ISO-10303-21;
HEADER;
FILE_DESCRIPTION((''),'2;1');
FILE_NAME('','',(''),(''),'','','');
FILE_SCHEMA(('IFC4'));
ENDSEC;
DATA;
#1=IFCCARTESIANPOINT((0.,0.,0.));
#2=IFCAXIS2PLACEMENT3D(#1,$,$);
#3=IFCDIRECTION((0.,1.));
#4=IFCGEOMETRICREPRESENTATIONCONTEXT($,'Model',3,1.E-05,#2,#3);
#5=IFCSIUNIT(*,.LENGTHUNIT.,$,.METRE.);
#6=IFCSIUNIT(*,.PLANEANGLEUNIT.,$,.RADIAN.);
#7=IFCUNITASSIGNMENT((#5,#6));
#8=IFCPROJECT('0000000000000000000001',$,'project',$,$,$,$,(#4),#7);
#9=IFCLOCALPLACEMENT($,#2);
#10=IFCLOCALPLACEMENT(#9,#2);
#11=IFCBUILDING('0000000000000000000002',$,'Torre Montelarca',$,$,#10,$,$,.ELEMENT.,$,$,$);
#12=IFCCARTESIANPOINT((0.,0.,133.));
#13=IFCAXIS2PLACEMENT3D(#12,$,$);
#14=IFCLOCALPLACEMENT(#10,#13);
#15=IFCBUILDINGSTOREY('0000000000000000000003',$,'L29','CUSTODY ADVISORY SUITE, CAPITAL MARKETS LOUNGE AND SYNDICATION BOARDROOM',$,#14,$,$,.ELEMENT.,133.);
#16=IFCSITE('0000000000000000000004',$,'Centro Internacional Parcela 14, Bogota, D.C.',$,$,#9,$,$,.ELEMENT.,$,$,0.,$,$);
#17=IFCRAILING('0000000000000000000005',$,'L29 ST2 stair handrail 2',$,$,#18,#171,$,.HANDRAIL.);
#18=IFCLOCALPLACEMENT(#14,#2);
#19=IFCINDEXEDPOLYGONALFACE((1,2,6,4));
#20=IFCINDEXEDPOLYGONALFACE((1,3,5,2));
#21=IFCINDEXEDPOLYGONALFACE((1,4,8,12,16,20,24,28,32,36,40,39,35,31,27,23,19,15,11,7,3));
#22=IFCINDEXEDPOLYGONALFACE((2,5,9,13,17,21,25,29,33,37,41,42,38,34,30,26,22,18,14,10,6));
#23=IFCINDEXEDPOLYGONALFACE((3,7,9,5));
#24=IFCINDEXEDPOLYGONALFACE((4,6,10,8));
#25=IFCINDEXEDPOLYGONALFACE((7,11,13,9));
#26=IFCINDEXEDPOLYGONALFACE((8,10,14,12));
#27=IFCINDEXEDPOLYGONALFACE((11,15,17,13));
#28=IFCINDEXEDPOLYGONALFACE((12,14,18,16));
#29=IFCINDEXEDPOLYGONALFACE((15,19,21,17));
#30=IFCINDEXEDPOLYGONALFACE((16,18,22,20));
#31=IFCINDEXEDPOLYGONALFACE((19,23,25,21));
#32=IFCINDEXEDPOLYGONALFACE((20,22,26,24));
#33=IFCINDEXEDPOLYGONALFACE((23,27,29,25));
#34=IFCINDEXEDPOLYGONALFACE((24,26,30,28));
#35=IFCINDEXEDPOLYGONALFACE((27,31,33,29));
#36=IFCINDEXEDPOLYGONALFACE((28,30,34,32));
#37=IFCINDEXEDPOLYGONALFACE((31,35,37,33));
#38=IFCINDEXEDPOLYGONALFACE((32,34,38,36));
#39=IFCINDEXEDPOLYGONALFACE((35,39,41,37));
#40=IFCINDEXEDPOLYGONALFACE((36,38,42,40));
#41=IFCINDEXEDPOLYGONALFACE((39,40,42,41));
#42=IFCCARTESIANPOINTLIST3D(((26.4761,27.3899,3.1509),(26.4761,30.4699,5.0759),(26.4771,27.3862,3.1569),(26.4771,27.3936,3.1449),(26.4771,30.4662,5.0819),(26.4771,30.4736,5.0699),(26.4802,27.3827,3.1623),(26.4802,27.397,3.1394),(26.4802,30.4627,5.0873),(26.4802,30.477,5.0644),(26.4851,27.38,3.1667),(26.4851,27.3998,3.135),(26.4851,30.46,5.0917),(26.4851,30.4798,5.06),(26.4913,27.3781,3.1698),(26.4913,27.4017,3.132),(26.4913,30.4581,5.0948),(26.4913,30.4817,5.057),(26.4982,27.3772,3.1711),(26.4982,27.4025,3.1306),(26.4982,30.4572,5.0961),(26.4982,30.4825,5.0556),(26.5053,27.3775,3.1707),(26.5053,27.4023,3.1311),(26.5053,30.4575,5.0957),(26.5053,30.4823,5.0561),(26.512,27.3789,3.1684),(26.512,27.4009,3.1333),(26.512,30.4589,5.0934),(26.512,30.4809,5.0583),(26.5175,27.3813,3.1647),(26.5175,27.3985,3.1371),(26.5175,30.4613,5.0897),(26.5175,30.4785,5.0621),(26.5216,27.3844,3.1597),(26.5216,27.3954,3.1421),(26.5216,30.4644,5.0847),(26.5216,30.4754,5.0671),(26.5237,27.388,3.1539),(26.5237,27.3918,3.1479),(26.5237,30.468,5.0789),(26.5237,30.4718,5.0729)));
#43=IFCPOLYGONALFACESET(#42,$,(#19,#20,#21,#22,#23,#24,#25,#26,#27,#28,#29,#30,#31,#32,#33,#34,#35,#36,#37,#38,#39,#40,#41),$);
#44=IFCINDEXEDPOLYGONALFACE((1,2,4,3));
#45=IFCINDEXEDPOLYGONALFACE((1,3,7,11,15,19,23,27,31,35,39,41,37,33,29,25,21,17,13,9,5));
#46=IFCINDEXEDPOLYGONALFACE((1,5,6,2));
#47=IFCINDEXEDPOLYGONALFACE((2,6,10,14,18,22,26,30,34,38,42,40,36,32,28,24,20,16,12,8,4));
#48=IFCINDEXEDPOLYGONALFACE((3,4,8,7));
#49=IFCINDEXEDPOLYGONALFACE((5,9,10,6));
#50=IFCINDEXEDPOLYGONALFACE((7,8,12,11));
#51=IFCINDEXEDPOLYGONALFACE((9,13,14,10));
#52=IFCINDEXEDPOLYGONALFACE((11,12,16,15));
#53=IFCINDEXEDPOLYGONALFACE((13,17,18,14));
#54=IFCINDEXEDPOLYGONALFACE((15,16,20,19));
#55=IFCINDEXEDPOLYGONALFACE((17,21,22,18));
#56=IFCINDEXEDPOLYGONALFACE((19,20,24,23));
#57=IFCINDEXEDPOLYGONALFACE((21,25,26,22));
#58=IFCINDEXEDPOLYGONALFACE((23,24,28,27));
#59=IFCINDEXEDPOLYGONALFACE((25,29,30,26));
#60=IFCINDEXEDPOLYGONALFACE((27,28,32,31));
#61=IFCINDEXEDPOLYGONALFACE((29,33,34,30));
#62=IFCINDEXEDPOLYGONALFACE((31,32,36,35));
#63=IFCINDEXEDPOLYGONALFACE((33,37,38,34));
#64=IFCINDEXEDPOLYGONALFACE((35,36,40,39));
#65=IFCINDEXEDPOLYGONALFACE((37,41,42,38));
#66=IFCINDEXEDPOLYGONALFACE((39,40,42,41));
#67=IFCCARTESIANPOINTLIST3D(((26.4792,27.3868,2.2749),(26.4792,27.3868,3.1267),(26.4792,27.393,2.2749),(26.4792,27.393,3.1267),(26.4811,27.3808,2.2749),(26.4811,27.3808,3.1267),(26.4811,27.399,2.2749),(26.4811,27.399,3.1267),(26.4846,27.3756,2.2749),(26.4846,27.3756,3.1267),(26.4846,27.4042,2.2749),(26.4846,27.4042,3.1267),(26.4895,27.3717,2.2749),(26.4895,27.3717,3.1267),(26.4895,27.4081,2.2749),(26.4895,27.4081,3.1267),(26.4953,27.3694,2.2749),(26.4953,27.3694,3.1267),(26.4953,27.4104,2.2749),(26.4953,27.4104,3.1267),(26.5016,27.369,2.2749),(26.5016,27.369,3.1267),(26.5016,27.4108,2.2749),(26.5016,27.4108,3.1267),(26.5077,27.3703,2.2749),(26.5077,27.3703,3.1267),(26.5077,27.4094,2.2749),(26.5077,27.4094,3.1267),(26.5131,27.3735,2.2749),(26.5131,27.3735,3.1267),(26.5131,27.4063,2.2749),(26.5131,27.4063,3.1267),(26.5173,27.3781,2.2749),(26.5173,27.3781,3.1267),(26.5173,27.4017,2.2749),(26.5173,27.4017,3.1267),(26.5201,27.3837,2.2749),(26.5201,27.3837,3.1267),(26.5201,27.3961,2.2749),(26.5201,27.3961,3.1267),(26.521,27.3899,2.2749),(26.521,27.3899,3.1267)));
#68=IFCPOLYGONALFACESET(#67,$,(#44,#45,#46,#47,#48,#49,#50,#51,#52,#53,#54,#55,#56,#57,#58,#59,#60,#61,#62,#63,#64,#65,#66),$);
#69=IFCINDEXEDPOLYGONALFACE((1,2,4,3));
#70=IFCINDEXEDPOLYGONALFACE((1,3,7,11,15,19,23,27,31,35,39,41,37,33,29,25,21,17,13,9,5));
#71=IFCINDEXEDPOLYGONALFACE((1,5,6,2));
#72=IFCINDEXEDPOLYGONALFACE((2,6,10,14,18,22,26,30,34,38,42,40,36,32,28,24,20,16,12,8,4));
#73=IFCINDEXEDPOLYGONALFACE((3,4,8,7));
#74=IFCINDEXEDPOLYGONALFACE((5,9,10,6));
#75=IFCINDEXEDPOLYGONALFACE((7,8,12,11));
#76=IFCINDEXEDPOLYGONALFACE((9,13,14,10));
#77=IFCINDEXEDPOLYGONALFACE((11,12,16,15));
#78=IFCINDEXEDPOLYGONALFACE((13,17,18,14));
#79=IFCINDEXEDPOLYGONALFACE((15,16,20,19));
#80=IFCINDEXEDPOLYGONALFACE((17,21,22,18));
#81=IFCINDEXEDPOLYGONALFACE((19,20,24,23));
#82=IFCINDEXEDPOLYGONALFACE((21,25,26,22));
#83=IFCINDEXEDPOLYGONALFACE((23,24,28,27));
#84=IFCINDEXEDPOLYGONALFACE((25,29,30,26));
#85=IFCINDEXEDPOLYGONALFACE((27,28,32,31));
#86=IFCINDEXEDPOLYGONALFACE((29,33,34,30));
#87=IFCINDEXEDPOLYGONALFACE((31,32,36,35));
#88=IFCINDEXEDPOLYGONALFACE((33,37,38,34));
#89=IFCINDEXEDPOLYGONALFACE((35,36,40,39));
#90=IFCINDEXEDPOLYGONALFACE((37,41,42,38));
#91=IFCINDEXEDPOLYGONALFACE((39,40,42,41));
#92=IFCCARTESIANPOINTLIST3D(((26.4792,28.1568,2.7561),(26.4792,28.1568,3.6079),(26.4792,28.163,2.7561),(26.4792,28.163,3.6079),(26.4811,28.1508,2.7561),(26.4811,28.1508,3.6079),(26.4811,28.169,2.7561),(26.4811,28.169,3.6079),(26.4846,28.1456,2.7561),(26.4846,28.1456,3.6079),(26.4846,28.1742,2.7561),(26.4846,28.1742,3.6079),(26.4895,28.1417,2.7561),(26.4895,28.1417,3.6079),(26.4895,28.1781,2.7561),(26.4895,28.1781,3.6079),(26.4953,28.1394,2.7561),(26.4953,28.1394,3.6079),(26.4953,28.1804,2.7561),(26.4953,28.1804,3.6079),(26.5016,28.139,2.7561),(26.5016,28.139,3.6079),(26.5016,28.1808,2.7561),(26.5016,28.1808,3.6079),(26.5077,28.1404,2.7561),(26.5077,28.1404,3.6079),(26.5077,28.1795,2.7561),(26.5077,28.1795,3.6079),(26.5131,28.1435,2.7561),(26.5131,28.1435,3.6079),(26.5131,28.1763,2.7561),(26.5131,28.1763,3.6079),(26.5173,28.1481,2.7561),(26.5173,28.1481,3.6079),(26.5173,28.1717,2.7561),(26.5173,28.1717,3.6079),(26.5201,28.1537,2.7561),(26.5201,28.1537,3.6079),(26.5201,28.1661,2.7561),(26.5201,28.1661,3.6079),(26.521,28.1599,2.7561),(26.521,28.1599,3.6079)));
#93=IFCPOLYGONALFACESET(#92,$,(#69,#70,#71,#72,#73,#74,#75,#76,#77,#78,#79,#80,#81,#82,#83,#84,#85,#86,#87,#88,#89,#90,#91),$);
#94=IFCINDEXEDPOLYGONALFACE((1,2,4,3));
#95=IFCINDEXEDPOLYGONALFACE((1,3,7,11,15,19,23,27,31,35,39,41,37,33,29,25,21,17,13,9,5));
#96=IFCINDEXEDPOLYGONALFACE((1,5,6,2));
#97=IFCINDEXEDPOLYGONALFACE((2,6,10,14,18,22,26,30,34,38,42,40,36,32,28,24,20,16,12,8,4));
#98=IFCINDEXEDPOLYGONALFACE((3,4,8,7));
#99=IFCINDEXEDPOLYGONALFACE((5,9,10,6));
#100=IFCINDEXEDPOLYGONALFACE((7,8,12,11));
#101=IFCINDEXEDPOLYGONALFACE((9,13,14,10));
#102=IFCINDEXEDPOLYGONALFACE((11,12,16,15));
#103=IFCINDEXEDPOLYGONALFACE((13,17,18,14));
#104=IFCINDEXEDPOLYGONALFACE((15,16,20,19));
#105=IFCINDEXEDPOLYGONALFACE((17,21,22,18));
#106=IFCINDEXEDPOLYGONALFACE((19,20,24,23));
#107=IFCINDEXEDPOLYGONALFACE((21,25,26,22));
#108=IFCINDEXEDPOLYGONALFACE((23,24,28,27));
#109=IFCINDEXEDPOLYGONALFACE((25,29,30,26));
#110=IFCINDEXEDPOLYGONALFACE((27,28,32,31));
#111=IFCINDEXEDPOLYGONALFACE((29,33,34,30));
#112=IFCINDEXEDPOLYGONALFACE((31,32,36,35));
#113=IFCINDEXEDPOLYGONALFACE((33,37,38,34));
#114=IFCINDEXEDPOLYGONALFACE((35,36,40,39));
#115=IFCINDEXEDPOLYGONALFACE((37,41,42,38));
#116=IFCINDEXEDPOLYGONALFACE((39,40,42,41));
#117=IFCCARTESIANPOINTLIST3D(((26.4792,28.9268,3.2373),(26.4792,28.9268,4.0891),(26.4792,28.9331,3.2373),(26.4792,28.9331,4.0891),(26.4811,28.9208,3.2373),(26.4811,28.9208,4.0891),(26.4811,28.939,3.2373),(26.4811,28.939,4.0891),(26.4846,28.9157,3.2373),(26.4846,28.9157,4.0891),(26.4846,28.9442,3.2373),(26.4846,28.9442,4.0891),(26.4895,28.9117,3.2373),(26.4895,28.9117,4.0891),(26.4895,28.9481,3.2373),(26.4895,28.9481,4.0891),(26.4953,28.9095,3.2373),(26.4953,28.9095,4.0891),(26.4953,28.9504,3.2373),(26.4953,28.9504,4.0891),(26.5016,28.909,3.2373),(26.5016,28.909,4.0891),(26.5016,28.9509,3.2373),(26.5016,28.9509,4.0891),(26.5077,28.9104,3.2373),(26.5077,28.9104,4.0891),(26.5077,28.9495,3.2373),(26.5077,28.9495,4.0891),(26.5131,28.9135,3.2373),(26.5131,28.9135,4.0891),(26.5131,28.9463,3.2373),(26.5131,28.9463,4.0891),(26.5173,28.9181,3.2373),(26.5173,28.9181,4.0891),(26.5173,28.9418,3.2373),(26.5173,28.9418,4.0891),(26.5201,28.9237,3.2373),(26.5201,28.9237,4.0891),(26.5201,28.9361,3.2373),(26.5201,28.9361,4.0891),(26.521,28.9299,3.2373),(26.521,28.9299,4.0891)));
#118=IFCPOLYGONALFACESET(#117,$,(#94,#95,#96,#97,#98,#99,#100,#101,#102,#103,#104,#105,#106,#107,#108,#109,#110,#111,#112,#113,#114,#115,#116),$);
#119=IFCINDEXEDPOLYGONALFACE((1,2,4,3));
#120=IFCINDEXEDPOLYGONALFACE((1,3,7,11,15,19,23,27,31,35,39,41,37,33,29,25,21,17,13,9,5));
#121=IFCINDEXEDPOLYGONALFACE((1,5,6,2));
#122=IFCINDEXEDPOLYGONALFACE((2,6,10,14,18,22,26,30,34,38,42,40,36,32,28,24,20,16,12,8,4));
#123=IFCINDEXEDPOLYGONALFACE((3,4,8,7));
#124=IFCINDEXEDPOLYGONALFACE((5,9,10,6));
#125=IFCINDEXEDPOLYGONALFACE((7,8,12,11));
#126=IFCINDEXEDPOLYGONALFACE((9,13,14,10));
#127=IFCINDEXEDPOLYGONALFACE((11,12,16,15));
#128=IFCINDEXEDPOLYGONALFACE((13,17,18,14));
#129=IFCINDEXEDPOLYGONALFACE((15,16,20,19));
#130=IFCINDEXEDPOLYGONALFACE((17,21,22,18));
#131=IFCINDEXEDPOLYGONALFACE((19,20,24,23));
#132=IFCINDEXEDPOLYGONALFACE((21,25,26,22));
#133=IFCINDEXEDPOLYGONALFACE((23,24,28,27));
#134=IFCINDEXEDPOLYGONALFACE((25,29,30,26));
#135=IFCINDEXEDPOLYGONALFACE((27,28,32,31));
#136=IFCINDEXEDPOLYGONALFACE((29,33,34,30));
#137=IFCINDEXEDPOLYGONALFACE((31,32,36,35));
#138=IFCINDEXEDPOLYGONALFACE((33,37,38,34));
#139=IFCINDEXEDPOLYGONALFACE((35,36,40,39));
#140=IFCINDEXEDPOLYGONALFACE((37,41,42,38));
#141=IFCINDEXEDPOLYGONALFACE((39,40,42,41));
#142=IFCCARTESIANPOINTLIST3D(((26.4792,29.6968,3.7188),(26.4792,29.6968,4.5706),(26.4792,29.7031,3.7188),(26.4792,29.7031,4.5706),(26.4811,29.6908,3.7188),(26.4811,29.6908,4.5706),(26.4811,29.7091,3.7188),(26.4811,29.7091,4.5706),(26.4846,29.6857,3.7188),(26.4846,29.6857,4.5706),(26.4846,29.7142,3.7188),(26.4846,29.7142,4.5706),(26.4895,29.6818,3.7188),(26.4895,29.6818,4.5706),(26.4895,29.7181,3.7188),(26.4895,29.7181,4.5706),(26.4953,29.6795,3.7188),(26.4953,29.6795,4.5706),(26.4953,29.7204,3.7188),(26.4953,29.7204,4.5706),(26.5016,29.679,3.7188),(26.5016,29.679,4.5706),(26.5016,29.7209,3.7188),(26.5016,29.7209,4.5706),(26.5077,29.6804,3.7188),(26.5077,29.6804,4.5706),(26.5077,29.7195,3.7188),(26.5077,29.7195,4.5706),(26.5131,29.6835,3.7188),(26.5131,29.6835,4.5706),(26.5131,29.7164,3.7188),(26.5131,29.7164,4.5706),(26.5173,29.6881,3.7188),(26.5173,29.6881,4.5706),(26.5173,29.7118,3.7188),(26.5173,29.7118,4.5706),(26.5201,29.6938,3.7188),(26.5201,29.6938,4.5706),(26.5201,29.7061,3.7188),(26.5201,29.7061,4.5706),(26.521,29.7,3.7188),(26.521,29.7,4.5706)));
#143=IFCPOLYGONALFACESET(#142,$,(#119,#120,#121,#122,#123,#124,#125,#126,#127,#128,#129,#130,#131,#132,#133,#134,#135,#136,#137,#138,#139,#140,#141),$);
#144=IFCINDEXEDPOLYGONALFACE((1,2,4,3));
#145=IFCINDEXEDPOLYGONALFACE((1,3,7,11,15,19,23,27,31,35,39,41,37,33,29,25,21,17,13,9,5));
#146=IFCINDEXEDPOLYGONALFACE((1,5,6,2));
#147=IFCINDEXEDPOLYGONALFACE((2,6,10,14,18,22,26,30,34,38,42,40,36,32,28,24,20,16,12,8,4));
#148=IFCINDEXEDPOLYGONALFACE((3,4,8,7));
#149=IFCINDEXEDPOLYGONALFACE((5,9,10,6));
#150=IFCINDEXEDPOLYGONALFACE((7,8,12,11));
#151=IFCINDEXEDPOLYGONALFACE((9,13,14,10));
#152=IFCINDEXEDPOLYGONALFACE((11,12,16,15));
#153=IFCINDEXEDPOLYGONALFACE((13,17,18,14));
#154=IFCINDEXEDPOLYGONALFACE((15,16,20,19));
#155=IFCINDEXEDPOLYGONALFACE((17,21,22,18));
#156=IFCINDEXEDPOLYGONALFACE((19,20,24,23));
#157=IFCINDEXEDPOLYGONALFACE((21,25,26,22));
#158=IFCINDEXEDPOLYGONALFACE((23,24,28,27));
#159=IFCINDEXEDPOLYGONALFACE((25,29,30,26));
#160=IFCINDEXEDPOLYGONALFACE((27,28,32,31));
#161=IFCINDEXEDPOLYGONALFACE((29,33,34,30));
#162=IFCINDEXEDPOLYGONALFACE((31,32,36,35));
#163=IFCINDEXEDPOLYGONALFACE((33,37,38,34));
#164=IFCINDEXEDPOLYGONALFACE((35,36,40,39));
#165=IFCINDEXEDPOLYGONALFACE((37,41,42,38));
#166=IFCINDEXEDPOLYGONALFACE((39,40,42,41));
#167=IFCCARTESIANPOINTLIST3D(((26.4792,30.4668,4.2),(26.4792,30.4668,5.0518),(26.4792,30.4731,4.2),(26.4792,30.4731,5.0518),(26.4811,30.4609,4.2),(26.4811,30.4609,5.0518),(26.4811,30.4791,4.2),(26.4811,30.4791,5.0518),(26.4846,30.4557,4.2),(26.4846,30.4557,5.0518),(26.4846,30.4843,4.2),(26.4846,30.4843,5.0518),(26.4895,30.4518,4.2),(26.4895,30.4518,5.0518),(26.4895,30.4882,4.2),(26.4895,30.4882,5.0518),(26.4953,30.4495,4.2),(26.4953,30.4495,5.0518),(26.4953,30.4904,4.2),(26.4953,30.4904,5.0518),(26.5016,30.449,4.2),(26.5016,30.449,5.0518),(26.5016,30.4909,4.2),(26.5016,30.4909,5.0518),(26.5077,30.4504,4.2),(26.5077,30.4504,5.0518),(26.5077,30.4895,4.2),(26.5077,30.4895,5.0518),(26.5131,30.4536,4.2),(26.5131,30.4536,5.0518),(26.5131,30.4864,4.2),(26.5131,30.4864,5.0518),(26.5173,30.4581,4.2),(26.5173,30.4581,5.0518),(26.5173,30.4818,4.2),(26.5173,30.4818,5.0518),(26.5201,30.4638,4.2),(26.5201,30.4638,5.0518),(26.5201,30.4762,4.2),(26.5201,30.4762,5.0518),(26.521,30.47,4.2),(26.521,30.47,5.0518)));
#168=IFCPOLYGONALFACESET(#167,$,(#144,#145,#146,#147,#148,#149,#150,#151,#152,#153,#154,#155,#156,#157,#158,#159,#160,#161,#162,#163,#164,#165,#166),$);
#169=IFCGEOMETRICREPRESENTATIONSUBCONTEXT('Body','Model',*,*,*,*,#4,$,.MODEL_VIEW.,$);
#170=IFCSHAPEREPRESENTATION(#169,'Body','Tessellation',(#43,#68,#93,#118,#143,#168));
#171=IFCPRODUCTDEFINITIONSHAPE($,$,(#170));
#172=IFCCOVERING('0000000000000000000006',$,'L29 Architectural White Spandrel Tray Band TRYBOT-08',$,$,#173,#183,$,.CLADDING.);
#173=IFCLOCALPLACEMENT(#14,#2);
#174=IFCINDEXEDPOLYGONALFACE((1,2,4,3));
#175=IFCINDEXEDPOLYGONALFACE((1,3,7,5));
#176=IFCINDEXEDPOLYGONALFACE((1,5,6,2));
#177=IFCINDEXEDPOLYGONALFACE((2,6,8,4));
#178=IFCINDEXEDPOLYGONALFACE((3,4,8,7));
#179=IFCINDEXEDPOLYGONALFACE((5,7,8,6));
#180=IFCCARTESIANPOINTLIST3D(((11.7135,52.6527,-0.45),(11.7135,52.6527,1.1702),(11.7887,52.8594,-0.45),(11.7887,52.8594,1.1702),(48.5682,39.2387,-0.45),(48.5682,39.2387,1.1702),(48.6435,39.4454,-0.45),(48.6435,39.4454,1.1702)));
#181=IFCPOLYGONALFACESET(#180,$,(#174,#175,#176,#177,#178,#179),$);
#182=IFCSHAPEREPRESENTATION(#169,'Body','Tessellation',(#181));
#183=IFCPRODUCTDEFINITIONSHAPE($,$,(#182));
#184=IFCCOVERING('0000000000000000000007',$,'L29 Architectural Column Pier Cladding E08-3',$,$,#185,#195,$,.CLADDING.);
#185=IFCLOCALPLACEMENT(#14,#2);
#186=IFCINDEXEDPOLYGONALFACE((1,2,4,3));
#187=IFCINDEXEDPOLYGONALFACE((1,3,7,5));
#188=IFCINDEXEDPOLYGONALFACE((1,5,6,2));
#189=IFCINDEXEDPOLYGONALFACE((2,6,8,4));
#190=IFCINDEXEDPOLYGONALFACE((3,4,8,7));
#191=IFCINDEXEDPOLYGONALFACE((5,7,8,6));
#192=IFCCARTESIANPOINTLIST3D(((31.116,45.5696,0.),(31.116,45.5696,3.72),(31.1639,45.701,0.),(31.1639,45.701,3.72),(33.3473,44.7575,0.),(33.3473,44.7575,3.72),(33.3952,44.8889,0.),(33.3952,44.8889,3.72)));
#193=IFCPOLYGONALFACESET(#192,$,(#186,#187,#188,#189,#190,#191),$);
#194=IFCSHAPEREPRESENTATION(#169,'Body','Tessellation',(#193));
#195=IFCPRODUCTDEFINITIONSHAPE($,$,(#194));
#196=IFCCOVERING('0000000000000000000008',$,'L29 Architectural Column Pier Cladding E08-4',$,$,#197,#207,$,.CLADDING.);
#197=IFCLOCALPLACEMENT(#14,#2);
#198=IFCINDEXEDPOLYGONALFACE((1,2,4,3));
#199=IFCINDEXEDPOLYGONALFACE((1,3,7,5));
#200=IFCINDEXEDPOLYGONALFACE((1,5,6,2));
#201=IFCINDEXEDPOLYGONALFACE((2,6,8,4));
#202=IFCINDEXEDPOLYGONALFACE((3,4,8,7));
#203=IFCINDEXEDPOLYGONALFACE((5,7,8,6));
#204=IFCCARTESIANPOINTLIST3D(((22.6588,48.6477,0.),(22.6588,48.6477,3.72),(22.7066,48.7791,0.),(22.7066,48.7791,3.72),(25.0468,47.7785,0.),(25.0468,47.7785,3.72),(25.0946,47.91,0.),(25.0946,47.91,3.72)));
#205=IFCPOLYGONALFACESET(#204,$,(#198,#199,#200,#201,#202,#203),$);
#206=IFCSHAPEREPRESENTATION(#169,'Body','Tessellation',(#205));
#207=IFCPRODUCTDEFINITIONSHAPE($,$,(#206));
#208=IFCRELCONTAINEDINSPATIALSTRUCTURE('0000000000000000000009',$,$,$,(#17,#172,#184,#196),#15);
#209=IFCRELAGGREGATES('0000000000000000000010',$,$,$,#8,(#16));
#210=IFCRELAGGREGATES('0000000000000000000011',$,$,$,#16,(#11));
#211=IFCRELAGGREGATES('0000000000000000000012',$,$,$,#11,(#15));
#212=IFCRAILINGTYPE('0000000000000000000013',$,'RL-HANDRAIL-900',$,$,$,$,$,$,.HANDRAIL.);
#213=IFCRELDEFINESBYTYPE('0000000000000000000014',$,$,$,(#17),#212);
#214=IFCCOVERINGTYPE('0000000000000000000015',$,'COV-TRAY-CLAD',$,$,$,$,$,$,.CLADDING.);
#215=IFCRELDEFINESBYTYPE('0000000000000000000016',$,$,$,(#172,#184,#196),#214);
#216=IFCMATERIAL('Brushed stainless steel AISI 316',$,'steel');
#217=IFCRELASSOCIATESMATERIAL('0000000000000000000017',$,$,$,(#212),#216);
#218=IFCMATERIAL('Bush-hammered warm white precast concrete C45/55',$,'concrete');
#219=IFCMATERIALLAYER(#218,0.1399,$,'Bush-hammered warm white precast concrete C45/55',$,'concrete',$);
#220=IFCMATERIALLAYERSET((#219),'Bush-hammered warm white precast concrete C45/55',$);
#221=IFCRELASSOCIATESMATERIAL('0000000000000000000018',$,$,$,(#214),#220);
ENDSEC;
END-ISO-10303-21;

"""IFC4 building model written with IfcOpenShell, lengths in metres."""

from ifc_helpers import new_model, si_unit, direction, frame, origin, origin_2d, place, context, subcontext, project, spatial, rectangle, circle, extrude, source, transform, mapped, material, layer, layer_set, type_object, element, save


model = new_model("IFC4")

# Units and contexts
model_context = context("Model", 3, precision=1e-05, world=origin(), true_north=direction((0.0, 1.0)))
body_context = subcontext(model_context, "Body", "Model", "MODEL_VIEW")
ifc_project = project(units=[si_unit("LENGTHUNIT", "METRE"), si_unit("PLANEANGLEUNIT", "RADIAN")], contexts=[model_context])

# Site, building, storey
site_placement = place(None, origin())
site = spatial("IfcSite", under=ifc_project, at=site_placement, Name="Centro Internacional Parcela 14, Bogota, D.C.", CompositionType="ELEMENT", RefElevation=0.0)
building_placement = place(site_placement, origin())
building = spatial("IfcBuilding", under=site, at=building_placement, Name="Torre Montelarca", CompositionType="ELEMENT")
storey_placement = place(building_placement, frame((0.0, 0.0, 133.0)))
storey = spatial("IfcBuildingStorey", under=building, at=storey_placement, Name="L29", Description="CUSTODY ADVISORY SUITE, CAPITAL MARKETS LOUNGE AND SYNDICATION BOARDROOM", CompositionType="ELEMENT", Elevation=133.0)

# Railing
ifc_material_1 = material(Name="Brushed stainless steel AISI 316", Category="steel")
railing_type_1 = type_object("IfcRailingType", Name="RL-HANDRAIL-900", PredefinedType="HANDRAIL", material=ifc_material_1)
railing_1_placement = place(storey_placement, frame((26.5, 27.3899, 2.2749)))
element("IfcRailing", 1, at=railing_1_placement, inside=storey, type_object=railing_type_1, Name="L29 ST2 stair handrail 2", PredefinedType="HANDRAIL", context=body_context, shape_type="SweptSolid", body=[
    extrude(circle(Radius=0.0239, at=origin_2d()), frame((0.0, 0.0, 0.876), z_axis=(0.0, 0.847998, 0.529999), x_axis=(-1.0, 0.0, 0.0)), (0.0, 0.0, 1.0), 3.6321),
    extrude(circle(Radius=0.021, at=origin_2d()), origin(), (0.0, 0.0, 1.0), 0.8518),
    extrude(circle(Radius=0.021, at=origin_2d()), frame((0.0, 0.77, 0.4812)), (0.0, 0.0, 1.0), 0.8518),
    extrude(circle(Radius=0.021, at=origin_2d()), frame((0.0, 1.54, 0.9624)), (0.0, 0.0, 1.0), 0.8518),
    extrude(circle(Radius=0.021, at=origin_2d()), frame((0.0, 2.3101, 1.4438)), (0.0, 0.0, 1.0), 0.8518),
    extrude(circle(Radius=0.021, at=origin_2d()), frame((0.0, 3.0801, 1.925)), (0.0, 0.0, 1.0), 0.8518),
])

# Coverings
ifc_material_2 = material(Name="Bush-hammered warm white precast concrete C45/55", Category="concrete")
ifc_layer_1 = layer(ifc_material_2, 0.1399, Name="Bush-hammered warm white precast concrete C45/55", Category="concrete")
ifc_layer_set_1 = layer_set([ifc_layer_1], Name="Bush-hammered warm white precast concrete C45/55")
covering_type = type_object("IfcCoveringType", Name="COV-TRAY-CLAD", PredefinedType="CLADDING", material=ifc_layer_set_1)
shared_shape_1 = source(origin(), body_context, "Body", "SweptSolid", [
    extrude(rectangle(XDim=39.22, YDim=0.22, at=origin_2d()), origin(), (0.0, 0.0, 1.0), 1.6201),
])
covering_1_placement = place(storey_placement, frame((30.1785, 46.0491, -0.45), z_axis=(0.0, 0.0, 1.0), x_axis=(-0.939693, 0.342019, 0.0)))
element("IfcCovering", 2, at=covering_1_placement, inside=storey, type_object=covering_type, Name="L29 Architectural White Spandrel Tray Band TRYBOT-08", PredefinedType="CLADDING", context=body_context, shape_type="MappedRepresentation", body=[
    mapped(shared_shape_1, transform((0.0, 0.0, 0.0), scale=1.0)),
])
shared_shape_2 = source(origin(), body_context, "Body", "SweptSolid", [
    extrude(rectangle(XDim=2.3745, YDim=0.1399, at=origin_2d()), origin(), (0.0, 0.0, 1.0), 3.72),
])
covering_2_placement = place(storey_placement, frame((32.2556, 45.2292, 0.0), z_axis=(0.0, 0.0, 1.0), x_axis=(-0.939694, 0.342017, 0.0)))
element("IfcCovering", 3, at=covering_2_placement, inside=storey, type_object=covering_type, Name="L29 Architectural Column Pier Cladding E08-3", PredefinedType="CLADDING", context=body_context, shape_type="MappedRepresentation", body=[
    mapped(shared_shape_2, transform((0.0, 0.0, 0.0), scale=1.0)),
])
shared_shape_3 = source(origin(), body_context, "Body", "SweptSolid", [
    extrude(rectangle(XDim=2.5413, YDim=0.1399, at=origin_2d()), origin(), (0.0, 0.0, 1.0), 3.72),
])
covering_3_placement = place(storey_placement, frame((23.8767, 48.2788, 0.0), z_axis=(0.0, 0.0, 1.0), x_axis=(-0.939694, 0.342017, 0.0)))
element("IfcCovering", 4, at=covering_3_placement, inside=storey, type_object=covering_type, Name="L29 Architectural Column Pier Cladding E08-4", PredefinedType="CLADDING", context=body_context, shape_type="MappedRepresentation", body=[
    mapped(shared_shape_3, transform((0.0, 0.0, 0.0), scale=1.0)),
])

save(model, "model.ifc")
